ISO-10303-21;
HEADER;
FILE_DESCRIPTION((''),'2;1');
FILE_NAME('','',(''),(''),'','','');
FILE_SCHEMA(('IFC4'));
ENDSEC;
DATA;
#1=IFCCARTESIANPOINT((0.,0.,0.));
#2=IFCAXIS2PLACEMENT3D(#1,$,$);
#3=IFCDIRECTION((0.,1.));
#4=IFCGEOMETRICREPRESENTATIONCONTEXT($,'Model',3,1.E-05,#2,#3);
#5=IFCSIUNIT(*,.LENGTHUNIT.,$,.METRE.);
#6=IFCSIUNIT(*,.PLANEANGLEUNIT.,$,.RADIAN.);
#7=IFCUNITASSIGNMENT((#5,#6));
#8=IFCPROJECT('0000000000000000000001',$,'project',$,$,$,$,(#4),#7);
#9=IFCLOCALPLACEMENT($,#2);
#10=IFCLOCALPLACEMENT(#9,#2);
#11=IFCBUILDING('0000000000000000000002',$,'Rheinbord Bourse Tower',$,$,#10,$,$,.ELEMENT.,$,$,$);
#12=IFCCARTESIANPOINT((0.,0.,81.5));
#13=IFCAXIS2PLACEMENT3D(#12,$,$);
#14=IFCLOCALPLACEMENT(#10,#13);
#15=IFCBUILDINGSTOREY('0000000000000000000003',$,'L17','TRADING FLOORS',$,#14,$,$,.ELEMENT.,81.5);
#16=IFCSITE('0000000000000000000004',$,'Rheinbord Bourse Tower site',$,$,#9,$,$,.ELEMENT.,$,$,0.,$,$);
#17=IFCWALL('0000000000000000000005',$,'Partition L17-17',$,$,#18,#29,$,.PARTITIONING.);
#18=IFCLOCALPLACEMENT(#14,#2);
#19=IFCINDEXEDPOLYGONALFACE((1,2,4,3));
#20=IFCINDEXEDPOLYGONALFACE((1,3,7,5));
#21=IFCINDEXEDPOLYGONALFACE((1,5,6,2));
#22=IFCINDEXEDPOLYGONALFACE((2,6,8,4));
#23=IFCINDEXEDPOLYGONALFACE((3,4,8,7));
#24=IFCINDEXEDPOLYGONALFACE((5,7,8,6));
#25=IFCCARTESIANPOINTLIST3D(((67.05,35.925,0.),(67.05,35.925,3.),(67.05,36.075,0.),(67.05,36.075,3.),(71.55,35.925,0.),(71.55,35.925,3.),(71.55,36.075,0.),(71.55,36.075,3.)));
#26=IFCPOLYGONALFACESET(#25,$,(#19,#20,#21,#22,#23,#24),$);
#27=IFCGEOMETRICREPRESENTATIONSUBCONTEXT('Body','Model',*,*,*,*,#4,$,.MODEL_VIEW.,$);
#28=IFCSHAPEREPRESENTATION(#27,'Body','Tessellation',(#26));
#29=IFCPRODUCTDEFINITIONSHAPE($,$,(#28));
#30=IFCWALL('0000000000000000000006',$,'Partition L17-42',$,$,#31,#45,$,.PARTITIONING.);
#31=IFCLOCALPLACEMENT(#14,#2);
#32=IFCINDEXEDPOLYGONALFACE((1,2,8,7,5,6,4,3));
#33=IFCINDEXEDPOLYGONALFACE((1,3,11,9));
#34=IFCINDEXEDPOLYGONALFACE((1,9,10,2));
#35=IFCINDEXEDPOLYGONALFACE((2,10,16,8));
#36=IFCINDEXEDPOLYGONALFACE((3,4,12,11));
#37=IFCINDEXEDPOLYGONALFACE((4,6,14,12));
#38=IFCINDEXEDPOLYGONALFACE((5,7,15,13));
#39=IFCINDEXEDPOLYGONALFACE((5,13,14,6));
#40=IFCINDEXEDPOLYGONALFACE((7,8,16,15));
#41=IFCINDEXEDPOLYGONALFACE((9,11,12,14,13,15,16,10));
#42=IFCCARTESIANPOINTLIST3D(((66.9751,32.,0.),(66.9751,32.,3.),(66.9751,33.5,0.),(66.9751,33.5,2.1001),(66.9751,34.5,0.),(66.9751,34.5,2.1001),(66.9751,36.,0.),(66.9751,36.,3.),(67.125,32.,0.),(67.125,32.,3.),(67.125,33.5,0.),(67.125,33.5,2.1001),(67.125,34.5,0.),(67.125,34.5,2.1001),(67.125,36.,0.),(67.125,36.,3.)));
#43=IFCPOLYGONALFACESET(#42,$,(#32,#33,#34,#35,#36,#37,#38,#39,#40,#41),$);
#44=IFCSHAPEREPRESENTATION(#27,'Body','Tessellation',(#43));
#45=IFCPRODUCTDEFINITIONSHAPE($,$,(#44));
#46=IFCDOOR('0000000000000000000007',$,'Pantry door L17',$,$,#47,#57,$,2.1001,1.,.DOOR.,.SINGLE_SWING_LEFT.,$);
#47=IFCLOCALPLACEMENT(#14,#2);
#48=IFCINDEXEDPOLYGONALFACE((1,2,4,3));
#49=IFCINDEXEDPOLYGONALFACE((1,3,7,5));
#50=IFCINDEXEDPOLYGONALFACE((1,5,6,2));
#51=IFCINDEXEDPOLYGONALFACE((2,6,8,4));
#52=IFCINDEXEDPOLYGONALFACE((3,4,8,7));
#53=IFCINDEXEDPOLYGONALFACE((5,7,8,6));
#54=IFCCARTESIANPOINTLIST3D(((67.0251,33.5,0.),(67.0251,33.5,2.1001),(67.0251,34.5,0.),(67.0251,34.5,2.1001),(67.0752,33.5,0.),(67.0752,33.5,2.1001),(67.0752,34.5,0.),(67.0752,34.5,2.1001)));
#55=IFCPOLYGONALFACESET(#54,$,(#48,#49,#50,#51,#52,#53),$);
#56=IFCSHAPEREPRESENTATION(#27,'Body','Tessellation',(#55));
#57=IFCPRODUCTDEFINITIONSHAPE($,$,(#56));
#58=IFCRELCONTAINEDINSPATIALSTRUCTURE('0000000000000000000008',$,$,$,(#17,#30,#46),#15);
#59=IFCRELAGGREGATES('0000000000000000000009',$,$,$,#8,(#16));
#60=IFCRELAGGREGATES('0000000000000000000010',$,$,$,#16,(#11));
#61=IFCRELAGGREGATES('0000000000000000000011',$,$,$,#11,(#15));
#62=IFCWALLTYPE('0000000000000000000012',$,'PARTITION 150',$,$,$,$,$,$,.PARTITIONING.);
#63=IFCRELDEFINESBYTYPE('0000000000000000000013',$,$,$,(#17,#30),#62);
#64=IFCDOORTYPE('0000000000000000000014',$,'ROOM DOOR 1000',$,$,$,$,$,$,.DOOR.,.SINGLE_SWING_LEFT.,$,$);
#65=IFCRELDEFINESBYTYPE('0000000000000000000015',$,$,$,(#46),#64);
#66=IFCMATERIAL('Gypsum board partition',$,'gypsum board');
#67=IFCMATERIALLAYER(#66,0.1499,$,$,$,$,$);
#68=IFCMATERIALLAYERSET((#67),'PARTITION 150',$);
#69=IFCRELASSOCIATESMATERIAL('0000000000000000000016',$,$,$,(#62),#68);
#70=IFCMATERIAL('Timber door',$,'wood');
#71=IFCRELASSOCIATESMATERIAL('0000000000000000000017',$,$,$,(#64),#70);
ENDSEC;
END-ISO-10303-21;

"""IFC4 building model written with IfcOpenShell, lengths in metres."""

from ifc_helpers import new_model, si_unit, direction, frame, frame_2d, origin, place, context, subcontext, project, spatial, rectangle, extrude, material, layer, layer_set, type_object, element, fill, save


model = new_model("IFC4")

# Units and contexts
model_context = context("Model", 3, precision=1e-05, world=origin(), true_north=direction((0.0, 1.0)))
body_context = subcontext(model_context, "Body", "Model", "MODEL_VIEW")
ifc_project = project(units=[si_unit("LENGTHUNIT", "METRE"), si_unit("PLANEANGLEUNIT", "RADIAN")], contexts=[model_context])

# Site, building, storey
site_placement = place(None, origin())
site = spatial("IfcSite", under=ifc_project, at=site_placement, Name="Rheinbord Bourse Tower site", CompositionType="ELEMENT", RefElevation=0.0)
building_placement = place(site_placement, origin())
building = spatial("IfcBuilding", under=site, at=building_placement, Name="Rheinbord Bourse Tower", CompositionType="ELEMENT")
storey_placement = place(building_placement, frame((0.0, 0.0, 81.5)))
storey = spatial("IfcBuildingStorey", under=building, at=storey_placement, Name="L17", Description="TRADING FLOORS", CompositionType="ELEMENT", Elevation=81.5)

# Wall
ifc_material_1 = material(Name="Gypsum board partition", Category="gypsum board")
ifc_layer_1 = layer(ifc_material_1, 0.1499)
ifc_layer_set_1 = layer_set([ifc_layer_1], Name="PARTITION 150")
wall_type_1 = type_object("IfcWallType", Name="PARTITION 150", PredefinedType="PARTITIONING", material=ifc_layer_set_1)
wall_1_placement = place(storey_placement, frame((67.05, 36.0, 0.0), z_axis=(0.0, 0.0, 1.0), x_axis=(1.0, 0.0, 0.0)))
element("IfcWall", 1, at=wall_1_placement, inside=storey, type_object=wall_type_1, Name="Partition L17-17", PredefinedType="PARTITIONING", context=body_context, shape_type="SweptSolid", body=[
    extrude(rectangle(XDim=4.5, YDim=0.1499, at=frame_2d((2.25, 0.0))), origin(), (0.0, 0.0, 1.0), 3.0),
])

# Wall, opening, door
wall_2_placement = place(storey_placement, frame((67.05, 32.0, 0.0), z_axis=(0.0, 0.0, 1.0), x_axis=(0.0, 1.0, 0.0)))
wall_2 = element("IfcWall", 2, at=wall_2_placement, inside=storey, type_object=wall_type_1, Name="Partition L17-42", PredefinedType="PARTITIONING", context=body_context, shape_type="SweptSolid", body=[
    extrude(rectangle(XDim=4.0, YDim=0.1499, at=frame_2d((2.0, 0.0))), origin(), (0.0, 0.0, 1.0), 3.0),
])
opening_1_placement = place(wall_2_placement, frame((1.5, 0.0, 0.0)))
opening_1 = element("IfcOpeningElement", 3, at=opening_1_placement, cuts=wall_2, PredefinedType="OPENING", context=body_context, shape_type="SweptSolid", body=[
    extrude(rectangle(XDim=1.0, YDim=2.1001, at=frame_2d((0.5, 1.05))), frame((0.0, 0.085, 0.0), z_axis=(0.0, -1.0, 0.0), x_axis=(1.0, 0.0, 0.0)), (0.0, 0.0, 1.0), 0.1699),
])
ifc_material_2 = material(Name="Timber door", Category="wood")
door_type_1 = type_object("IfcDoorType", Name="ROOM DOOR 1000", OperationType="SINGLE_SWING_LEFT", PredefinedType="DOOR", material=ifc_material_2)
door_1_placement = place(opening_1_placement, origin())
door_1 = element("IfcDoor", 4, at=door_1_placement, inside=storey, type_object=door_type_1, Name="Pantry door L17", OperationType="SINGLE_SWING_LEFT", OverallHeight=2.1001, OverallWidth=1.0, PredefinedType="DOOR", context=body_context, shape_type="SweptSolid", body=[
    extrude(rectangle(XDim=1.0, YDim=2.1001, at=frame_2d((0.5, 1.05))), frame((0.0, 0.0249, 0.0), z_axis=(0.0, -1.0, 0.0), x_axis=(1.0, 0.0, 0.0)), (0.0, 0.0, 1.0), 0.05),
])
fill(opening_1, door_1)

save(model, "model.ifc")
